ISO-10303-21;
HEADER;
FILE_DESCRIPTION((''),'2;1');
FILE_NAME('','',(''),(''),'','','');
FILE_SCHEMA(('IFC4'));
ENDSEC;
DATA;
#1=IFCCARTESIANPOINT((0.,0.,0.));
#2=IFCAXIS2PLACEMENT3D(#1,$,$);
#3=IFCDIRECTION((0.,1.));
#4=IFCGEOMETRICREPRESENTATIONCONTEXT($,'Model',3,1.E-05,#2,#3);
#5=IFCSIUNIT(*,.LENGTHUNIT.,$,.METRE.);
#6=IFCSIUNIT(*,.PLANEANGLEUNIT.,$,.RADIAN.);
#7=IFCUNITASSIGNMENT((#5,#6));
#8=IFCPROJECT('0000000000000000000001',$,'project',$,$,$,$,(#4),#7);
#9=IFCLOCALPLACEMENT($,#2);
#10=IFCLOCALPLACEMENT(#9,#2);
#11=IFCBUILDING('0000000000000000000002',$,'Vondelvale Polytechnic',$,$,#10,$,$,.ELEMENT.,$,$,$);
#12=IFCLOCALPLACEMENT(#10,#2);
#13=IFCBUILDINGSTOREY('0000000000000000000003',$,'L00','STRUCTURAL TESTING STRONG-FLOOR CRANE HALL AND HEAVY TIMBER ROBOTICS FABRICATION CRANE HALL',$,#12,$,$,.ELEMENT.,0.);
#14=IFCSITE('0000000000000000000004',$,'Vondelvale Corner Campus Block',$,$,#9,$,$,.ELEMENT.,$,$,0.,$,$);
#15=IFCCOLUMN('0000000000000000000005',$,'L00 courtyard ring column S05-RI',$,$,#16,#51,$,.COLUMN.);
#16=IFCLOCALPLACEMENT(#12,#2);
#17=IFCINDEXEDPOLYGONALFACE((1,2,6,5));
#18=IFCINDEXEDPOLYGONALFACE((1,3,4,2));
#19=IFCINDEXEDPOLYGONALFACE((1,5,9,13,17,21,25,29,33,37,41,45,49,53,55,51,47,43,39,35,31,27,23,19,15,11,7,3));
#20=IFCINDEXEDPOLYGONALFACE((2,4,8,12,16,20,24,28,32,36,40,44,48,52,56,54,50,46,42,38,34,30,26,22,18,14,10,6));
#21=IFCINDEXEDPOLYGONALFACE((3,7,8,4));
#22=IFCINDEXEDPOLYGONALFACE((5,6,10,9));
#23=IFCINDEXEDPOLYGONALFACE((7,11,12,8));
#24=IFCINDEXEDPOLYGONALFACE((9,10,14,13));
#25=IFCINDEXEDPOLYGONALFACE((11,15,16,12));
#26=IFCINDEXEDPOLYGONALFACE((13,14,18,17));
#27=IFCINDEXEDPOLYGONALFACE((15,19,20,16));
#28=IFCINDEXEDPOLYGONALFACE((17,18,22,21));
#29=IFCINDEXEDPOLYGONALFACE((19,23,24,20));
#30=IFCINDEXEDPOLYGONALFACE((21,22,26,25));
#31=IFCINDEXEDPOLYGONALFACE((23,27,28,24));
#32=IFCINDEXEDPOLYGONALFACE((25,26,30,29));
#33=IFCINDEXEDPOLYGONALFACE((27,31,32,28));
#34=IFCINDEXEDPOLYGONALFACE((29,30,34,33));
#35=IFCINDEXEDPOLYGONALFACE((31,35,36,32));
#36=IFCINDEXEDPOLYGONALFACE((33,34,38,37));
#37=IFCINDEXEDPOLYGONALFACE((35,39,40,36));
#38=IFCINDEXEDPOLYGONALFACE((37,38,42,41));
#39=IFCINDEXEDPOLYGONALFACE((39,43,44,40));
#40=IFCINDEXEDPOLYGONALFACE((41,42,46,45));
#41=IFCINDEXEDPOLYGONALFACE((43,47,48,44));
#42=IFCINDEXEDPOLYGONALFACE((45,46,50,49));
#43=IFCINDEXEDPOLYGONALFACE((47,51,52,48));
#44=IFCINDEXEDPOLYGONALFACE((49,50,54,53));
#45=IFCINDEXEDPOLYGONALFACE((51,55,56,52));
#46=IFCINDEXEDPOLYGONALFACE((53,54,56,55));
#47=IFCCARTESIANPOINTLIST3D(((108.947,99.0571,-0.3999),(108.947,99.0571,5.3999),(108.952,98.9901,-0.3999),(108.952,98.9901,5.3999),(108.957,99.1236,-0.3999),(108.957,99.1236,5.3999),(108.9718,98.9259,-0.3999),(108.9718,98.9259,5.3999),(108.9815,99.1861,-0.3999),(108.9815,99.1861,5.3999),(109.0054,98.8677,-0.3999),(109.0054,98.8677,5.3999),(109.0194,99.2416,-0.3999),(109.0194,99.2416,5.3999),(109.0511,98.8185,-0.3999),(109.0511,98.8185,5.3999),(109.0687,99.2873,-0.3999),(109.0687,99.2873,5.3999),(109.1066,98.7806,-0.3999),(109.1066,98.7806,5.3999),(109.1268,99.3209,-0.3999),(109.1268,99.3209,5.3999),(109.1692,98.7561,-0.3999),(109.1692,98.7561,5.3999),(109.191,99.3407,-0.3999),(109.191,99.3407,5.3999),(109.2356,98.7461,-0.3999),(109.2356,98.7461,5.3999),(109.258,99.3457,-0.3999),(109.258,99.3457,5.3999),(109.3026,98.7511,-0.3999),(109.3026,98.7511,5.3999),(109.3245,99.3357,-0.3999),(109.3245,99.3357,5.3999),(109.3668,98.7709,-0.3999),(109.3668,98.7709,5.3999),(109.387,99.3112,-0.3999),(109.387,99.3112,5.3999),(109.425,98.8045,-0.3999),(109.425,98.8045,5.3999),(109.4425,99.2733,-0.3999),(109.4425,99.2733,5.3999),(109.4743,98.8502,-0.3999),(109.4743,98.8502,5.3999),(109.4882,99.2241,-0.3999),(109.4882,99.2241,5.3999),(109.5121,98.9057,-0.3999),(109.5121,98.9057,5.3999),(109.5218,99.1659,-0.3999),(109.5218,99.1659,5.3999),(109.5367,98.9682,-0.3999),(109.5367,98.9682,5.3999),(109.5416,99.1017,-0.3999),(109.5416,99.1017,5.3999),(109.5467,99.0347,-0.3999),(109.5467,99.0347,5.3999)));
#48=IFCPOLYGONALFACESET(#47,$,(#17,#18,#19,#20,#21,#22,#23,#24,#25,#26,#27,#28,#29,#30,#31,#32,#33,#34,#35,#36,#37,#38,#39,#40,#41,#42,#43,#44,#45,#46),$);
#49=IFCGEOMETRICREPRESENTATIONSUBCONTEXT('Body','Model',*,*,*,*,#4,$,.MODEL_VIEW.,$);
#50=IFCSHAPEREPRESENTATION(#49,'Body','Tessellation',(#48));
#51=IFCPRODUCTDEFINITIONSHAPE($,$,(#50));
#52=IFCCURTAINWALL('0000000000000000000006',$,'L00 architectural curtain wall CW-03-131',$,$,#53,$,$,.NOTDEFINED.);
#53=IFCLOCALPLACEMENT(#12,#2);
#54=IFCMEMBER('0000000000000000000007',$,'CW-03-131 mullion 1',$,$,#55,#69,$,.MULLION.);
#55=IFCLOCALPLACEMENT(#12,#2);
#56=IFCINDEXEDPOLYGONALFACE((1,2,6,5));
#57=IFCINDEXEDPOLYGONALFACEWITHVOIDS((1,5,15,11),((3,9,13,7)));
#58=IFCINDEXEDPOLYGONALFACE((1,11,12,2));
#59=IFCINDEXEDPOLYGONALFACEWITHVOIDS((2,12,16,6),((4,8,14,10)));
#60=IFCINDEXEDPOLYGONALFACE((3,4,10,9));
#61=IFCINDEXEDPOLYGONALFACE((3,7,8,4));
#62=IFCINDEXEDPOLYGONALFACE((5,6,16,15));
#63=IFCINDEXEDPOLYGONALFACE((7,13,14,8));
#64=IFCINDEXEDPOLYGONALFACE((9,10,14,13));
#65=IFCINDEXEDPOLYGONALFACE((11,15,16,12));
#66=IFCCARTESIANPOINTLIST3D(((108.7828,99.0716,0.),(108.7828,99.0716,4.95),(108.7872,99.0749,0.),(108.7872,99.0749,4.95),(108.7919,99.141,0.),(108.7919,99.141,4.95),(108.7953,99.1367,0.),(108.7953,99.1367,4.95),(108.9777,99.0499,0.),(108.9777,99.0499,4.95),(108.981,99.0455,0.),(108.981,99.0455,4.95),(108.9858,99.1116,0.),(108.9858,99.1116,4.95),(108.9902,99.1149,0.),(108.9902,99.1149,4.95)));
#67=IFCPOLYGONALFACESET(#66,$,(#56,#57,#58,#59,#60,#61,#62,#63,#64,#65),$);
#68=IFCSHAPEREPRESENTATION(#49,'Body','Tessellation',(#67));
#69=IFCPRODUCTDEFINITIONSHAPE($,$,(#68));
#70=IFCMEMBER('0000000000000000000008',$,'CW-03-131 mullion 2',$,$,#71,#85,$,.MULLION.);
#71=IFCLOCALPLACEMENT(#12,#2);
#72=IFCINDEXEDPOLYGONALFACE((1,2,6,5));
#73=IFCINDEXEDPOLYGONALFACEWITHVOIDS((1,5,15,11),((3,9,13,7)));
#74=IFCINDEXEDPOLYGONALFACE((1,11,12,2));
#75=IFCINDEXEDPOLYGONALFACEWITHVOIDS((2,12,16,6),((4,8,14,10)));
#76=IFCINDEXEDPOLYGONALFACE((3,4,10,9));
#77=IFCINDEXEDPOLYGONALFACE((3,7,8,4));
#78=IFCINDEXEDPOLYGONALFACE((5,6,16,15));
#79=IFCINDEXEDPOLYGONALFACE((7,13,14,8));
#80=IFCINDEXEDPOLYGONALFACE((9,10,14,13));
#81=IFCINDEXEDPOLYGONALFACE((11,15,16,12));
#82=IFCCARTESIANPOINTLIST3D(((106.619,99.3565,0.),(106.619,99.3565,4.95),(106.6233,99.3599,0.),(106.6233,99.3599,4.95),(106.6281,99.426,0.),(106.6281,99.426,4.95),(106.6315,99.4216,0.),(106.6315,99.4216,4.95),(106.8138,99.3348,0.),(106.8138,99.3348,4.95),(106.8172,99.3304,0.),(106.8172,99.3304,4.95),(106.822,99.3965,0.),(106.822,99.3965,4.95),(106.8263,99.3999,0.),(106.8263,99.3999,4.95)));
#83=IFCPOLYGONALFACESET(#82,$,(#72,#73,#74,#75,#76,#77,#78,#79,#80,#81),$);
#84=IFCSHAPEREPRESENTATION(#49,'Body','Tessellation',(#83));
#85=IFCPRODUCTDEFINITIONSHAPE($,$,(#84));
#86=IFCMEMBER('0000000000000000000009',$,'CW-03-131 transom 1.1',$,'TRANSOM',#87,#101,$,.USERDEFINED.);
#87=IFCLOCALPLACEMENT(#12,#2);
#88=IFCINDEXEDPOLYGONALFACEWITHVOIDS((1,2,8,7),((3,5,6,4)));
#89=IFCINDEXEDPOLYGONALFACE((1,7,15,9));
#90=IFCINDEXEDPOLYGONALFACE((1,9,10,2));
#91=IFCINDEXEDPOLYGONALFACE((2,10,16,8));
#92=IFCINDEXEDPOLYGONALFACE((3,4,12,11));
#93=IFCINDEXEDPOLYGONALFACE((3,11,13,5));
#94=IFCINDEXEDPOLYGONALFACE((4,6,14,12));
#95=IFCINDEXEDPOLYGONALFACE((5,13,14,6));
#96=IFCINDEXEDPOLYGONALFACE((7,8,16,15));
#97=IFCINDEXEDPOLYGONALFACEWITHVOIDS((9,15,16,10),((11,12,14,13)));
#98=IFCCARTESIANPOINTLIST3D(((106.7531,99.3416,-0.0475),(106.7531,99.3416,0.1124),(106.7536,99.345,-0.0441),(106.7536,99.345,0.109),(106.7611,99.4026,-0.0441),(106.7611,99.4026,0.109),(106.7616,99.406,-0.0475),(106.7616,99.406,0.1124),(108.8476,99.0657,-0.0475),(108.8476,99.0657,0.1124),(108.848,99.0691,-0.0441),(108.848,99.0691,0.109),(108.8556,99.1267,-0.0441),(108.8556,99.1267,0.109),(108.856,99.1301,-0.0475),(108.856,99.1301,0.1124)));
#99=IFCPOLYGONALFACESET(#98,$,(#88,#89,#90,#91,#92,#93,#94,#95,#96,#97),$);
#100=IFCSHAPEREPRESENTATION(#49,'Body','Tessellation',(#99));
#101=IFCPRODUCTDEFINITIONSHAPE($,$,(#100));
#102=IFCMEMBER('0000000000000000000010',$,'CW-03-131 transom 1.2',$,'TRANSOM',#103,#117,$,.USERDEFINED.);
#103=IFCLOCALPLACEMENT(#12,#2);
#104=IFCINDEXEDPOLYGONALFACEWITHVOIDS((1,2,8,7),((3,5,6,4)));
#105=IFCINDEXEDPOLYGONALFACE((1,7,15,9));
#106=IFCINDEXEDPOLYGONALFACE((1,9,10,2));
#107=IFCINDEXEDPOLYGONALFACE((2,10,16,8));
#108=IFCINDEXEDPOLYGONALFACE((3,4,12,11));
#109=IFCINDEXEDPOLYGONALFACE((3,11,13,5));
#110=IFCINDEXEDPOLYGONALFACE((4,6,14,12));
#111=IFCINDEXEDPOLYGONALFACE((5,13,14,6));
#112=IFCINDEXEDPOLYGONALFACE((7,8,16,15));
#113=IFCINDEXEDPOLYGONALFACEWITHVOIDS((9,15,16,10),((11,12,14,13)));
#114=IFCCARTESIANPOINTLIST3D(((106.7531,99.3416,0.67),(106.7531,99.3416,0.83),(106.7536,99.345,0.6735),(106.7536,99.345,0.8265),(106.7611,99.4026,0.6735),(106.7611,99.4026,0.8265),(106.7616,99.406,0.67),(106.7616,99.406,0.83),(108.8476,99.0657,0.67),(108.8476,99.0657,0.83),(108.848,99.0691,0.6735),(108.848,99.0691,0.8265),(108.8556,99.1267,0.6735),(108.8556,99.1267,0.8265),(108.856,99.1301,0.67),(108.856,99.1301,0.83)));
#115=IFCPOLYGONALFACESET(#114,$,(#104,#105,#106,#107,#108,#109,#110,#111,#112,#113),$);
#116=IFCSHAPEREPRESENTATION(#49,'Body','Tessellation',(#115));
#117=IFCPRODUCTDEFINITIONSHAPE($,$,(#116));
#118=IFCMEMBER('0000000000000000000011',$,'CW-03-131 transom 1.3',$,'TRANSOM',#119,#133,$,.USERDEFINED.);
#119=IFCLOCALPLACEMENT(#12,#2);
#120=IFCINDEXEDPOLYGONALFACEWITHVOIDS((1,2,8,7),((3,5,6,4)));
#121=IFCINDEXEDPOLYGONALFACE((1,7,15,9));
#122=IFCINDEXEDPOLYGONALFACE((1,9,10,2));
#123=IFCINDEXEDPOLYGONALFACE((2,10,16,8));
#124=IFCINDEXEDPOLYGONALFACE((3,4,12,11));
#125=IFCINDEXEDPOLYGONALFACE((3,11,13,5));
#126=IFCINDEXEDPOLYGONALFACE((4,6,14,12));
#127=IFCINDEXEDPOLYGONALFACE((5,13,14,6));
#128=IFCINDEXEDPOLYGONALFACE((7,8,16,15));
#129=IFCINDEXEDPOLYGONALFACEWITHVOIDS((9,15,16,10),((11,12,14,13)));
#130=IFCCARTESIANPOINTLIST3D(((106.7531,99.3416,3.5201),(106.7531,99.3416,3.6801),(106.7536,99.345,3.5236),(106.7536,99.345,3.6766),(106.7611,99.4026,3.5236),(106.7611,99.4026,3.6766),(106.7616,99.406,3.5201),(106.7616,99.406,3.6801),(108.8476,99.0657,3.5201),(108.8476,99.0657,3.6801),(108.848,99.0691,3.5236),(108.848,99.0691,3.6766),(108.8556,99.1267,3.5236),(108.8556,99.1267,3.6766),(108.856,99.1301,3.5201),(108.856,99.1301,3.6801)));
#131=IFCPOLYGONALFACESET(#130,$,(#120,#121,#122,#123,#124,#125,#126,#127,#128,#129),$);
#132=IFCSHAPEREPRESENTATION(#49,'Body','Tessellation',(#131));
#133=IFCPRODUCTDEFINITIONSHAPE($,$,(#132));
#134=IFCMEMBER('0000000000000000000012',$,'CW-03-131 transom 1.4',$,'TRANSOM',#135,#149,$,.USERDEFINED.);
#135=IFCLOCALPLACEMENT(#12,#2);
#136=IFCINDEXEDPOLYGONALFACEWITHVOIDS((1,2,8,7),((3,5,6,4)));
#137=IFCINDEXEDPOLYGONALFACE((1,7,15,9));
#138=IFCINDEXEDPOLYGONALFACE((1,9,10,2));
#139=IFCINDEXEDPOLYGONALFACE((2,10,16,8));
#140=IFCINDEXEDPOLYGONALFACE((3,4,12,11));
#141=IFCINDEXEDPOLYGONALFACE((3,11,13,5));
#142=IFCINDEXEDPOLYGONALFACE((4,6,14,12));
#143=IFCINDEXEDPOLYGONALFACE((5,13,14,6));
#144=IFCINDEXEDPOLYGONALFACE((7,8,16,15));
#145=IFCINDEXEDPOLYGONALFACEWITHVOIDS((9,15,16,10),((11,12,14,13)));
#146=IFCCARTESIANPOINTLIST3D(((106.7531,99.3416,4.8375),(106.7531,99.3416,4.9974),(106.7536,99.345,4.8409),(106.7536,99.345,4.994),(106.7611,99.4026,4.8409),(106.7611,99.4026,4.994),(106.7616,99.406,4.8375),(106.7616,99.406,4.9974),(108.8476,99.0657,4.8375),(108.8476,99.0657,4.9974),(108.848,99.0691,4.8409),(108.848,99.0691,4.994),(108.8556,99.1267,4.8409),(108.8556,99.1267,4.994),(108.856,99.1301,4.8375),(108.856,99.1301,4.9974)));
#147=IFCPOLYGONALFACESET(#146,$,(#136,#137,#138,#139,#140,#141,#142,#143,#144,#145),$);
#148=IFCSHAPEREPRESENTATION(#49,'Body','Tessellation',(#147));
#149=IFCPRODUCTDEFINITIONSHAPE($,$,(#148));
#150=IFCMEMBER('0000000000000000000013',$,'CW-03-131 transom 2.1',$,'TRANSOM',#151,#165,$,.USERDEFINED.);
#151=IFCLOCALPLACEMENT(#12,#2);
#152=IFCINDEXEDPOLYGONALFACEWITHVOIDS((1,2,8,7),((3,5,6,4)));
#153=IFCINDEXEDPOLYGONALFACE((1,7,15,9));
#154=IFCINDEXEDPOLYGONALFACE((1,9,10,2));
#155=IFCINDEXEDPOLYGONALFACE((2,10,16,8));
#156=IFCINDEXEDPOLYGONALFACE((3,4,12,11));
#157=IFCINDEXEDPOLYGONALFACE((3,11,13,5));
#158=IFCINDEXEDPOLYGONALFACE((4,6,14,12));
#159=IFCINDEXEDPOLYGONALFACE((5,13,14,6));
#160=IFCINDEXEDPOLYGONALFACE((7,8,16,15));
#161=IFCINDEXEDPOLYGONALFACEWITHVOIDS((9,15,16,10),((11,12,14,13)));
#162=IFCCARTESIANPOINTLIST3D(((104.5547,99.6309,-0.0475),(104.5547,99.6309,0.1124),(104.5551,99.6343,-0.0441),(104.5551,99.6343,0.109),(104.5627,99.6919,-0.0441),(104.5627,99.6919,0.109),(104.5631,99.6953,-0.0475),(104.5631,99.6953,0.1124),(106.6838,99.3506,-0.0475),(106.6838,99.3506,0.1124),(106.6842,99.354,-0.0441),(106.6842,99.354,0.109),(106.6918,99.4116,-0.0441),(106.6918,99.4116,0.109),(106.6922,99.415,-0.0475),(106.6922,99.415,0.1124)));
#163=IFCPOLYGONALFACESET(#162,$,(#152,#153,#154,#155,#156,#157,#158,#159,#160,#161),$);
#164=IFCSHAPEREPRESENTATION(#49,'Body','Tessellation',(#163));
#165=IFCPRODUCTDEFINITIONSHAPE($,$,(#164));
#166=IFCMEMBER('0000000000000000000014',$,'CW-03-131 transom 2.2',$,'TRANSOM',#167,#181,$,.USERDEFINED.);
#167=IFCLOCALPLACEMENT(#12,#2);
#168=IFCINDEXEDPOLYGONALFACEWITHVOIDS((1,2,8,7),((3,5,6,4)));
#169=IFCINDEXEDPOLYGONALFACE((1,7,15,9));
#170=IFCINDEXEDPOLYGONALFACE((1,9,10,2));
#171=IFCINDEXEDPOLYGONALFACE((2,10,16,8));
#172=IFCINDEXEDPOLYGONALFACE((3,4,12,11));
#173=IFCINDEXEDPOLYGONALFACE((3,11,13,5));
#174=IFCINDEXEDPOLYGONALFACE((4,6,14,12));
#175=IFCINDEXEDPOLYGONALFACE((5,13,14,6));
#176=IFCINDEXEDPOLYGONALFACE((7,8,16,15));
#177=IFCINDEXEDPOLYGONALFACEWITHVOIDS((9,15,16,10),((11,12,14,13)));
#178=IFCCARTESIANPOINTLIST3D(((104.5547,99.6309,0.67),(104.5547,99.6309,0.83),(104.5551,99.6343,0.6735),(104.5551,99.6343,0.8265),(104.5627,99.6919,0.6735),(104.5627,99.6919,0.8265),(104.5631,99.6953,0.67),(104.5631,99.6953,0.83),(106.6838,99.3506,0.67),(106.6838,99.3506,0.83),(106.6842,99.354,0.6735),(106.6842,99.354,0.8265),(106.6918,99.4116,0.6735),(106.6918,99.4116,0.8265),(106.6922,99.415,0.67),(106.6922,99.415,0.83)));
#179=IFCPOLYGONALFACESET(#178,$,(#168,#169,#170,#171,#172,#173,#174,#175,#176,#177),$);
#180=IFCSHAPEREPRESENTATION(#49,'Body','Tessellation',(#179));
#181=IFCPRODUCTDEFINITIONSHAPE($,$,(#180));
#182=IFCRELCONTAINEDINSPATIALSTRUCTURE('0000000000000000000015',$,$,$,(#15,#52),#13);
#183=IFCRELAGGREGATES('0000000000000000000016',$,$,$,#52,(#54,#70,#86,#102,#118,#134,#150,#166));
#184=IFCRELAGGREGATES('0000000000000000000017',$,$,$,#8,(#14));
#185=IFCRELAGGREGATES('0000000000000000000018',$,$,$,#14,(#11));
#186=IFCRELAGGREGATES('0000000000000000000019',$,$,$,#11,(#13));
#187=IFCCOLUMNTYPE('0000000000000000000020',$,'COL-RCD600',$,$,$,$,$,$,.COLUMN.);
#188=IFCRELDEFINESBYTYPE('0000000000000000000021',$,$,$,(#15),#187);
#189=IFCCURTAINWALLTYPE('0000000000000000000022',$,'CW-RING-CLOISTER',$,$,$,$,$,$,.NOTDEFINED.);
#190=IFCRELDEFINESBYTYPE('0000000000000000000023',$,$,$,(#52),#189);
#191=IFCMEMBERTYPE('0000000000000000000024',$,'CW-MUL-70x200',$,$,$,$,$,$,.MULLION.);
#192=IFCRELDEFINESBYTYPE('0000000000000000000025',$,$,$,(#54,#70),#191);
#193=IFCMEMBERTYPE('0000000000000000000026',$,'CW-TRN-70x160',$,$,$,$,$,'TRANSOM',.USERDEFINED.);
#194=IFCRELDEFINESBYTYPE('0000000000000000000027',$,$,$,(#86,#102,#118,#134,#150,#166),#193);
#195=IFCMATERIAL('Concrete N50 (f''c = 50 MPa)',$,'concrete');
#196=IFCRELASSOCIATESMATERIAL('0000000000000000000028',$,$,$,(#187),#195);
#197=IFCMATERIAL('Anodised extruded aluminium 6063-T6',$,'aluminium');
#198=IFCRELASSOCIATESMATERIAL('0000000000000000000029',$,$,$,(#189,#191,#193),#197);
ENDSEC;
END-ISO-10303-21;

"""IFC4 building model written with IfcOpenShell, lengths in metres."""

from ifc_helpers import new_model, si_unit, direction, frame, origin, origin_2d, place, context, subcontext, project, spatial, hollow_rectangle, circle, extrude, material, material_profile, profile_set, type_object, element, aggregate, save


model = new_model("IFC4")

# Units and contexts
model_context = context("Model", 3, precision=1e-05, world=origin(), true_north=direction((0.0, 1.0)))
body_context = subcontext(model_context, "Body", "Model", "MODEL_VIEW")
ifc_project = project(units=[si_unit("LENGTHUNIT", "METRE"), si_unit("PLANEANGLEUNIT", "RADIAN")], contexts=[model_context])

# Site, building, storey
site_placement = place(None, origin())
site = spatial("IfcSite", under=ifc_project, at=site_placement, Name="Vondelvale Corner Campus Block", CompositionType="ELEMENT", RefElevation=0.0)
building_placement = place(site_placement, origin())
building = spatial("IfcBuilding", under=site, at=building_placement, Name="Vondelvale Polytechnic", CompositionType="ELEMENT")
storey_placement = place(building_placement, origin())
storey = spatial("IfcBuildingStorey", under=building, at=storey_placement, Name="L00", Description="STRUCTURAL TESTING STRONG-FLOOR CRANE HALL AND HEAVY TIMBER ROBOTICS FABRICATION CRANE HALL", CompositionType="ELEMENT", Elevation=0.0)

# Column
ifc_material_1 = material(Name="Concrete N50 (f'c = 50 MPa)", Category="concrete")
ifc_material_profile_1 = material_profile(ifc_material_1, circle(Radius=0.3, at=origin_2d()), Name="RC-COL-D600")
ifc_profile_set_1 = profile_set([ifc_material_profile_1], Name="Concrete N50 (f'c = 50 MPa)")
column_type = type_object("IfcColumnType", Name="COL-RCD600", PredefinedType="COLUMN", material=ifc_profile_set_1)
for number, where, z_axis, x_axis, name in (
    (1, (109.2468, 99.0459, -0.3999), (0.0, 0.0, 1.0), (0.258819, 0.965926, 0.0), "L00 courtyard ring column S05-RI"),
):
    element("IfcColumn", number, at=place(storey_placement, frame(where, z_axis=z_axis, x_axis=x_axis)), inside=storey, type_object=column_type, Name=name, PredefinedType="COLUMN", context=body_context, shape_type="SweptSolid", body=[
        extrude(circle(Radius=0.3, at=origin_2d()), origin(), (0.0, 0.0, 1.0), 5.7998),
    ])

# Curtain wall, members
ifc_material_2 = material(Name="Anodised extruded aluminium 6063-T6", Category="aluminium")
curtain_wall_type = type_object("IfcCurtainWallType", Name="CW-RING-CLOISTER", PredefinedType="NOTDEFINED", material=ifc_material_2)
curtain_wall_placement = place(storey_placement, origin())
curtain_wall = element("IfcCurtainWall", 2, at=curtain_wall_placement, inside=storey, type_object=curtain_wall_type, Name="L00 architectural curtain wall CW-03-131", PredefinedType="NOTDEFINED")
ifc_material_profile_2 = material_profile(ifc_material_2, hollow_rectangle(XDim=0.0701, YDim=0.2, WallThickness=0.0039, at=origin_2d()), Name="CW-MUL-200x70")
ifc_profile_set_2 = profile_set([ifc_material_profile_2], Name="Anodised extruded aluminium 6063-T6")
member_type_1 = type_object("IfcMemberType", Name="CW-MUL-70x200", PredefinedType="MULLION", material=ifc_profile_set_2)
member_1_placement = place(storey_placement, frame((108.8865, 99.0933, 0.0), z_axis=(0.0, 0.0, 1.0), x_axis=(-0.130528, -0.991445, 0.0)))
member_1 = element("IfcMember", 3, at=member_1_placement, type_object=member_type_1, Name="CW-03-131 mullion 1", PredefinedType="MULLION", context=body_context, shape_type="SweptSolid", body=[
    extrude(hollow_rectangle(XDim=0.0701, YDim=0.2, WallThickness=0.0039, at=origin_2d()), origin(), (0.0, 0.0, 1.0), 4.95),
])
member_2_placement = place(storey_placement, frame((106.7227, 99.3782, 0.0), z_axis=(0.0, 0.0, 1.0), x_axis=(-0.130528, -0.991445, 0.0)))
member_2 = element("IfcMember", 4, at=member_2_placement, type_object=member_type_1, Name="CW-03-131 mullion 2", PredefinedType="MULLION", context=body_context, shape_type="SweptSolid", body=[
    extrude(hollow_rectangle(XDim=0.0701, YDim=0.2, WallThickness=0.0039, at=origin_2d()), origin(), (0.0, 0.0, 1.0), 4.95),
])
ifc_material_profile_3 = material_profile(ifc_material_2, hollow_rectangle(XDim=0.0649, YDim=0.1599, WallThickness=0.0034, at=origin_2d()), Name="CW-TRN-160x65")
ifc_profile_set_3 = profile_set([ifc_material_profile_3], Name="Anodised extruded aluminium 6063-T6")
member_type_2 = type_object("IfcMemberType", Name="CW-TRN-70x160", ElementType="TRANSOM", PredefinedType="USERDEFINED", material=ifc_profile_set_3)
member_3_placement = place(storey_placement, frame((108.8518, 99.0979, 0.0325), z_axis=(-0.991437, 0.130589, 0.0), x_axis=(-0.130589, -0.991437, 0.0)))
member_3 = element("IfcMember", 5, at=member_3_placement, type_object=member_type_2, Name="CW-03-131 transom 1.1", ObjectType="TRANSOM", PredefinedType="USERDEFINED", context=body_context, shape_type="SweptSolid", body=[
    extrude(hollow_rectangle(XDim=0.0649, YDim=0.1599, WallThickness=0.0034, at=origin_2d()), origin(), (0.0, 0.0, 1.0), 2.1125),
])
member_4_placement = place(storey_placement, frame((108.8518, 99.0979, 0.75), z_axis=(-0.991437, 0.130589, 0.0), x_axis=(-0.130589, -0.991437, 0.0)))
member_4 = element("IfcMember", 6, at=member_4_placement, type_object=member_type_2, Name="CW-03-131 transom 1.2", ObjectType="TRANSOM", PredefinedType="USERDEFINED", context=body_context, shape_type="SweptSolid", body=[
    extrude(hollow_rectangle(XDim=0.0649, YDim=0.1599, WallThickness=0.0034, at=origin_2d()), origin(), (0.0, 0.0, 1.0), 2.1125),
])
member_5_placement = place(storey_placement, frame((108.8518, 99.0979, 3.6001), z_axis=(-0.991437, 0.130589, 0.0), x_axis=(-0.130589, -0.991437, 0.0)))
member_5 = element("IfcMember", 7, at=member_5_placement, type_object=member_type_2, Name="CW-03-131 transom 1.3", ObjectType="TRANSOM", PredefinedType="USERDEFINED", context=body_context, shape_type="SweptSolid", body=[
    extrude(hollow_rectangle(XDim=0.0649, YDim=0.1599, WallThickness=0.0034, at=origin_2d()), origin(), (0.0, 0.0, 1.0), 2.1125),
])
member_6_placement = place(storey_placement, frame((108.8518, 99.0979, 4.9175), z_axis=(-0.991437, 0.130589, 0.0), x_axis=(-0.130589, -0.991437, 0.0)))
member_6 = element("IfcMember", 8, at=member_6_placement, type_object=member_type_2, Name="CW-03-131 transom 1.4", ObjectType="TRANSOM", PredefinedType="USERDEFINED", context=body_context, shape_type="SweptSolid", body=[
    extrude(hollow_rectangle(XDim=0.0649, YDim=0.1599, WallThickness=0.0034, at=origin_2d()), origin(), (0.0, 0.0, 1.0), 2.1125),
])
member_7_placement = place(storey_placement, frame((106.688, 99.3828, 0.0325), z_axis=(-0.991447, 0.13051, 0.0), x_axis=(-0.13051, -0.991447, 0.0)))
member_7 = element("IfcMember", 9, at=member_7_placement, type_object=member_type_2, Name="CW-03-131 transom 2.1", ObjectType="TRANSOM", PredefinedType="USERDEFINED", context=body_context, shape_type="SweptSolid", body=[
    extrude(hollow_rectangle(XDim=0.0649, YDim=0.1599, WallThickness=0.0034, at=origin_2d()), origin(), (0.0, 0.0, 1.0), 2.1475),
])
member_8_placement = place(storey_placement, frame((106.688, 99.3828, 0.75), z_axis=(-0.991447, 0.13051, 0.0), x_axis=(-0.13051, -0.991447, 0.0)))
member_8 = element("IfcMember", 10, at=member_8_placement, type_object=member_type_2, Name="CW-03-131 transom 2.2", ObjectType="TRANSOM", PredefinedType="USERDEFINED", context=body_context, shape_type="SweptSolid", body=[
    extrude(hollow_rectangle(XDim=0.0649, YDim=0.1599, WallThickness=0.0034, at=origin_2d()), origin(), (0.0, 0.0, 1.0), 2.1475),
])
aggregate(curtain_wall, [member_1, member_2, member_3, member_4, member_5, member_6, member_7, member_8])

save(model, "model.ifc")
